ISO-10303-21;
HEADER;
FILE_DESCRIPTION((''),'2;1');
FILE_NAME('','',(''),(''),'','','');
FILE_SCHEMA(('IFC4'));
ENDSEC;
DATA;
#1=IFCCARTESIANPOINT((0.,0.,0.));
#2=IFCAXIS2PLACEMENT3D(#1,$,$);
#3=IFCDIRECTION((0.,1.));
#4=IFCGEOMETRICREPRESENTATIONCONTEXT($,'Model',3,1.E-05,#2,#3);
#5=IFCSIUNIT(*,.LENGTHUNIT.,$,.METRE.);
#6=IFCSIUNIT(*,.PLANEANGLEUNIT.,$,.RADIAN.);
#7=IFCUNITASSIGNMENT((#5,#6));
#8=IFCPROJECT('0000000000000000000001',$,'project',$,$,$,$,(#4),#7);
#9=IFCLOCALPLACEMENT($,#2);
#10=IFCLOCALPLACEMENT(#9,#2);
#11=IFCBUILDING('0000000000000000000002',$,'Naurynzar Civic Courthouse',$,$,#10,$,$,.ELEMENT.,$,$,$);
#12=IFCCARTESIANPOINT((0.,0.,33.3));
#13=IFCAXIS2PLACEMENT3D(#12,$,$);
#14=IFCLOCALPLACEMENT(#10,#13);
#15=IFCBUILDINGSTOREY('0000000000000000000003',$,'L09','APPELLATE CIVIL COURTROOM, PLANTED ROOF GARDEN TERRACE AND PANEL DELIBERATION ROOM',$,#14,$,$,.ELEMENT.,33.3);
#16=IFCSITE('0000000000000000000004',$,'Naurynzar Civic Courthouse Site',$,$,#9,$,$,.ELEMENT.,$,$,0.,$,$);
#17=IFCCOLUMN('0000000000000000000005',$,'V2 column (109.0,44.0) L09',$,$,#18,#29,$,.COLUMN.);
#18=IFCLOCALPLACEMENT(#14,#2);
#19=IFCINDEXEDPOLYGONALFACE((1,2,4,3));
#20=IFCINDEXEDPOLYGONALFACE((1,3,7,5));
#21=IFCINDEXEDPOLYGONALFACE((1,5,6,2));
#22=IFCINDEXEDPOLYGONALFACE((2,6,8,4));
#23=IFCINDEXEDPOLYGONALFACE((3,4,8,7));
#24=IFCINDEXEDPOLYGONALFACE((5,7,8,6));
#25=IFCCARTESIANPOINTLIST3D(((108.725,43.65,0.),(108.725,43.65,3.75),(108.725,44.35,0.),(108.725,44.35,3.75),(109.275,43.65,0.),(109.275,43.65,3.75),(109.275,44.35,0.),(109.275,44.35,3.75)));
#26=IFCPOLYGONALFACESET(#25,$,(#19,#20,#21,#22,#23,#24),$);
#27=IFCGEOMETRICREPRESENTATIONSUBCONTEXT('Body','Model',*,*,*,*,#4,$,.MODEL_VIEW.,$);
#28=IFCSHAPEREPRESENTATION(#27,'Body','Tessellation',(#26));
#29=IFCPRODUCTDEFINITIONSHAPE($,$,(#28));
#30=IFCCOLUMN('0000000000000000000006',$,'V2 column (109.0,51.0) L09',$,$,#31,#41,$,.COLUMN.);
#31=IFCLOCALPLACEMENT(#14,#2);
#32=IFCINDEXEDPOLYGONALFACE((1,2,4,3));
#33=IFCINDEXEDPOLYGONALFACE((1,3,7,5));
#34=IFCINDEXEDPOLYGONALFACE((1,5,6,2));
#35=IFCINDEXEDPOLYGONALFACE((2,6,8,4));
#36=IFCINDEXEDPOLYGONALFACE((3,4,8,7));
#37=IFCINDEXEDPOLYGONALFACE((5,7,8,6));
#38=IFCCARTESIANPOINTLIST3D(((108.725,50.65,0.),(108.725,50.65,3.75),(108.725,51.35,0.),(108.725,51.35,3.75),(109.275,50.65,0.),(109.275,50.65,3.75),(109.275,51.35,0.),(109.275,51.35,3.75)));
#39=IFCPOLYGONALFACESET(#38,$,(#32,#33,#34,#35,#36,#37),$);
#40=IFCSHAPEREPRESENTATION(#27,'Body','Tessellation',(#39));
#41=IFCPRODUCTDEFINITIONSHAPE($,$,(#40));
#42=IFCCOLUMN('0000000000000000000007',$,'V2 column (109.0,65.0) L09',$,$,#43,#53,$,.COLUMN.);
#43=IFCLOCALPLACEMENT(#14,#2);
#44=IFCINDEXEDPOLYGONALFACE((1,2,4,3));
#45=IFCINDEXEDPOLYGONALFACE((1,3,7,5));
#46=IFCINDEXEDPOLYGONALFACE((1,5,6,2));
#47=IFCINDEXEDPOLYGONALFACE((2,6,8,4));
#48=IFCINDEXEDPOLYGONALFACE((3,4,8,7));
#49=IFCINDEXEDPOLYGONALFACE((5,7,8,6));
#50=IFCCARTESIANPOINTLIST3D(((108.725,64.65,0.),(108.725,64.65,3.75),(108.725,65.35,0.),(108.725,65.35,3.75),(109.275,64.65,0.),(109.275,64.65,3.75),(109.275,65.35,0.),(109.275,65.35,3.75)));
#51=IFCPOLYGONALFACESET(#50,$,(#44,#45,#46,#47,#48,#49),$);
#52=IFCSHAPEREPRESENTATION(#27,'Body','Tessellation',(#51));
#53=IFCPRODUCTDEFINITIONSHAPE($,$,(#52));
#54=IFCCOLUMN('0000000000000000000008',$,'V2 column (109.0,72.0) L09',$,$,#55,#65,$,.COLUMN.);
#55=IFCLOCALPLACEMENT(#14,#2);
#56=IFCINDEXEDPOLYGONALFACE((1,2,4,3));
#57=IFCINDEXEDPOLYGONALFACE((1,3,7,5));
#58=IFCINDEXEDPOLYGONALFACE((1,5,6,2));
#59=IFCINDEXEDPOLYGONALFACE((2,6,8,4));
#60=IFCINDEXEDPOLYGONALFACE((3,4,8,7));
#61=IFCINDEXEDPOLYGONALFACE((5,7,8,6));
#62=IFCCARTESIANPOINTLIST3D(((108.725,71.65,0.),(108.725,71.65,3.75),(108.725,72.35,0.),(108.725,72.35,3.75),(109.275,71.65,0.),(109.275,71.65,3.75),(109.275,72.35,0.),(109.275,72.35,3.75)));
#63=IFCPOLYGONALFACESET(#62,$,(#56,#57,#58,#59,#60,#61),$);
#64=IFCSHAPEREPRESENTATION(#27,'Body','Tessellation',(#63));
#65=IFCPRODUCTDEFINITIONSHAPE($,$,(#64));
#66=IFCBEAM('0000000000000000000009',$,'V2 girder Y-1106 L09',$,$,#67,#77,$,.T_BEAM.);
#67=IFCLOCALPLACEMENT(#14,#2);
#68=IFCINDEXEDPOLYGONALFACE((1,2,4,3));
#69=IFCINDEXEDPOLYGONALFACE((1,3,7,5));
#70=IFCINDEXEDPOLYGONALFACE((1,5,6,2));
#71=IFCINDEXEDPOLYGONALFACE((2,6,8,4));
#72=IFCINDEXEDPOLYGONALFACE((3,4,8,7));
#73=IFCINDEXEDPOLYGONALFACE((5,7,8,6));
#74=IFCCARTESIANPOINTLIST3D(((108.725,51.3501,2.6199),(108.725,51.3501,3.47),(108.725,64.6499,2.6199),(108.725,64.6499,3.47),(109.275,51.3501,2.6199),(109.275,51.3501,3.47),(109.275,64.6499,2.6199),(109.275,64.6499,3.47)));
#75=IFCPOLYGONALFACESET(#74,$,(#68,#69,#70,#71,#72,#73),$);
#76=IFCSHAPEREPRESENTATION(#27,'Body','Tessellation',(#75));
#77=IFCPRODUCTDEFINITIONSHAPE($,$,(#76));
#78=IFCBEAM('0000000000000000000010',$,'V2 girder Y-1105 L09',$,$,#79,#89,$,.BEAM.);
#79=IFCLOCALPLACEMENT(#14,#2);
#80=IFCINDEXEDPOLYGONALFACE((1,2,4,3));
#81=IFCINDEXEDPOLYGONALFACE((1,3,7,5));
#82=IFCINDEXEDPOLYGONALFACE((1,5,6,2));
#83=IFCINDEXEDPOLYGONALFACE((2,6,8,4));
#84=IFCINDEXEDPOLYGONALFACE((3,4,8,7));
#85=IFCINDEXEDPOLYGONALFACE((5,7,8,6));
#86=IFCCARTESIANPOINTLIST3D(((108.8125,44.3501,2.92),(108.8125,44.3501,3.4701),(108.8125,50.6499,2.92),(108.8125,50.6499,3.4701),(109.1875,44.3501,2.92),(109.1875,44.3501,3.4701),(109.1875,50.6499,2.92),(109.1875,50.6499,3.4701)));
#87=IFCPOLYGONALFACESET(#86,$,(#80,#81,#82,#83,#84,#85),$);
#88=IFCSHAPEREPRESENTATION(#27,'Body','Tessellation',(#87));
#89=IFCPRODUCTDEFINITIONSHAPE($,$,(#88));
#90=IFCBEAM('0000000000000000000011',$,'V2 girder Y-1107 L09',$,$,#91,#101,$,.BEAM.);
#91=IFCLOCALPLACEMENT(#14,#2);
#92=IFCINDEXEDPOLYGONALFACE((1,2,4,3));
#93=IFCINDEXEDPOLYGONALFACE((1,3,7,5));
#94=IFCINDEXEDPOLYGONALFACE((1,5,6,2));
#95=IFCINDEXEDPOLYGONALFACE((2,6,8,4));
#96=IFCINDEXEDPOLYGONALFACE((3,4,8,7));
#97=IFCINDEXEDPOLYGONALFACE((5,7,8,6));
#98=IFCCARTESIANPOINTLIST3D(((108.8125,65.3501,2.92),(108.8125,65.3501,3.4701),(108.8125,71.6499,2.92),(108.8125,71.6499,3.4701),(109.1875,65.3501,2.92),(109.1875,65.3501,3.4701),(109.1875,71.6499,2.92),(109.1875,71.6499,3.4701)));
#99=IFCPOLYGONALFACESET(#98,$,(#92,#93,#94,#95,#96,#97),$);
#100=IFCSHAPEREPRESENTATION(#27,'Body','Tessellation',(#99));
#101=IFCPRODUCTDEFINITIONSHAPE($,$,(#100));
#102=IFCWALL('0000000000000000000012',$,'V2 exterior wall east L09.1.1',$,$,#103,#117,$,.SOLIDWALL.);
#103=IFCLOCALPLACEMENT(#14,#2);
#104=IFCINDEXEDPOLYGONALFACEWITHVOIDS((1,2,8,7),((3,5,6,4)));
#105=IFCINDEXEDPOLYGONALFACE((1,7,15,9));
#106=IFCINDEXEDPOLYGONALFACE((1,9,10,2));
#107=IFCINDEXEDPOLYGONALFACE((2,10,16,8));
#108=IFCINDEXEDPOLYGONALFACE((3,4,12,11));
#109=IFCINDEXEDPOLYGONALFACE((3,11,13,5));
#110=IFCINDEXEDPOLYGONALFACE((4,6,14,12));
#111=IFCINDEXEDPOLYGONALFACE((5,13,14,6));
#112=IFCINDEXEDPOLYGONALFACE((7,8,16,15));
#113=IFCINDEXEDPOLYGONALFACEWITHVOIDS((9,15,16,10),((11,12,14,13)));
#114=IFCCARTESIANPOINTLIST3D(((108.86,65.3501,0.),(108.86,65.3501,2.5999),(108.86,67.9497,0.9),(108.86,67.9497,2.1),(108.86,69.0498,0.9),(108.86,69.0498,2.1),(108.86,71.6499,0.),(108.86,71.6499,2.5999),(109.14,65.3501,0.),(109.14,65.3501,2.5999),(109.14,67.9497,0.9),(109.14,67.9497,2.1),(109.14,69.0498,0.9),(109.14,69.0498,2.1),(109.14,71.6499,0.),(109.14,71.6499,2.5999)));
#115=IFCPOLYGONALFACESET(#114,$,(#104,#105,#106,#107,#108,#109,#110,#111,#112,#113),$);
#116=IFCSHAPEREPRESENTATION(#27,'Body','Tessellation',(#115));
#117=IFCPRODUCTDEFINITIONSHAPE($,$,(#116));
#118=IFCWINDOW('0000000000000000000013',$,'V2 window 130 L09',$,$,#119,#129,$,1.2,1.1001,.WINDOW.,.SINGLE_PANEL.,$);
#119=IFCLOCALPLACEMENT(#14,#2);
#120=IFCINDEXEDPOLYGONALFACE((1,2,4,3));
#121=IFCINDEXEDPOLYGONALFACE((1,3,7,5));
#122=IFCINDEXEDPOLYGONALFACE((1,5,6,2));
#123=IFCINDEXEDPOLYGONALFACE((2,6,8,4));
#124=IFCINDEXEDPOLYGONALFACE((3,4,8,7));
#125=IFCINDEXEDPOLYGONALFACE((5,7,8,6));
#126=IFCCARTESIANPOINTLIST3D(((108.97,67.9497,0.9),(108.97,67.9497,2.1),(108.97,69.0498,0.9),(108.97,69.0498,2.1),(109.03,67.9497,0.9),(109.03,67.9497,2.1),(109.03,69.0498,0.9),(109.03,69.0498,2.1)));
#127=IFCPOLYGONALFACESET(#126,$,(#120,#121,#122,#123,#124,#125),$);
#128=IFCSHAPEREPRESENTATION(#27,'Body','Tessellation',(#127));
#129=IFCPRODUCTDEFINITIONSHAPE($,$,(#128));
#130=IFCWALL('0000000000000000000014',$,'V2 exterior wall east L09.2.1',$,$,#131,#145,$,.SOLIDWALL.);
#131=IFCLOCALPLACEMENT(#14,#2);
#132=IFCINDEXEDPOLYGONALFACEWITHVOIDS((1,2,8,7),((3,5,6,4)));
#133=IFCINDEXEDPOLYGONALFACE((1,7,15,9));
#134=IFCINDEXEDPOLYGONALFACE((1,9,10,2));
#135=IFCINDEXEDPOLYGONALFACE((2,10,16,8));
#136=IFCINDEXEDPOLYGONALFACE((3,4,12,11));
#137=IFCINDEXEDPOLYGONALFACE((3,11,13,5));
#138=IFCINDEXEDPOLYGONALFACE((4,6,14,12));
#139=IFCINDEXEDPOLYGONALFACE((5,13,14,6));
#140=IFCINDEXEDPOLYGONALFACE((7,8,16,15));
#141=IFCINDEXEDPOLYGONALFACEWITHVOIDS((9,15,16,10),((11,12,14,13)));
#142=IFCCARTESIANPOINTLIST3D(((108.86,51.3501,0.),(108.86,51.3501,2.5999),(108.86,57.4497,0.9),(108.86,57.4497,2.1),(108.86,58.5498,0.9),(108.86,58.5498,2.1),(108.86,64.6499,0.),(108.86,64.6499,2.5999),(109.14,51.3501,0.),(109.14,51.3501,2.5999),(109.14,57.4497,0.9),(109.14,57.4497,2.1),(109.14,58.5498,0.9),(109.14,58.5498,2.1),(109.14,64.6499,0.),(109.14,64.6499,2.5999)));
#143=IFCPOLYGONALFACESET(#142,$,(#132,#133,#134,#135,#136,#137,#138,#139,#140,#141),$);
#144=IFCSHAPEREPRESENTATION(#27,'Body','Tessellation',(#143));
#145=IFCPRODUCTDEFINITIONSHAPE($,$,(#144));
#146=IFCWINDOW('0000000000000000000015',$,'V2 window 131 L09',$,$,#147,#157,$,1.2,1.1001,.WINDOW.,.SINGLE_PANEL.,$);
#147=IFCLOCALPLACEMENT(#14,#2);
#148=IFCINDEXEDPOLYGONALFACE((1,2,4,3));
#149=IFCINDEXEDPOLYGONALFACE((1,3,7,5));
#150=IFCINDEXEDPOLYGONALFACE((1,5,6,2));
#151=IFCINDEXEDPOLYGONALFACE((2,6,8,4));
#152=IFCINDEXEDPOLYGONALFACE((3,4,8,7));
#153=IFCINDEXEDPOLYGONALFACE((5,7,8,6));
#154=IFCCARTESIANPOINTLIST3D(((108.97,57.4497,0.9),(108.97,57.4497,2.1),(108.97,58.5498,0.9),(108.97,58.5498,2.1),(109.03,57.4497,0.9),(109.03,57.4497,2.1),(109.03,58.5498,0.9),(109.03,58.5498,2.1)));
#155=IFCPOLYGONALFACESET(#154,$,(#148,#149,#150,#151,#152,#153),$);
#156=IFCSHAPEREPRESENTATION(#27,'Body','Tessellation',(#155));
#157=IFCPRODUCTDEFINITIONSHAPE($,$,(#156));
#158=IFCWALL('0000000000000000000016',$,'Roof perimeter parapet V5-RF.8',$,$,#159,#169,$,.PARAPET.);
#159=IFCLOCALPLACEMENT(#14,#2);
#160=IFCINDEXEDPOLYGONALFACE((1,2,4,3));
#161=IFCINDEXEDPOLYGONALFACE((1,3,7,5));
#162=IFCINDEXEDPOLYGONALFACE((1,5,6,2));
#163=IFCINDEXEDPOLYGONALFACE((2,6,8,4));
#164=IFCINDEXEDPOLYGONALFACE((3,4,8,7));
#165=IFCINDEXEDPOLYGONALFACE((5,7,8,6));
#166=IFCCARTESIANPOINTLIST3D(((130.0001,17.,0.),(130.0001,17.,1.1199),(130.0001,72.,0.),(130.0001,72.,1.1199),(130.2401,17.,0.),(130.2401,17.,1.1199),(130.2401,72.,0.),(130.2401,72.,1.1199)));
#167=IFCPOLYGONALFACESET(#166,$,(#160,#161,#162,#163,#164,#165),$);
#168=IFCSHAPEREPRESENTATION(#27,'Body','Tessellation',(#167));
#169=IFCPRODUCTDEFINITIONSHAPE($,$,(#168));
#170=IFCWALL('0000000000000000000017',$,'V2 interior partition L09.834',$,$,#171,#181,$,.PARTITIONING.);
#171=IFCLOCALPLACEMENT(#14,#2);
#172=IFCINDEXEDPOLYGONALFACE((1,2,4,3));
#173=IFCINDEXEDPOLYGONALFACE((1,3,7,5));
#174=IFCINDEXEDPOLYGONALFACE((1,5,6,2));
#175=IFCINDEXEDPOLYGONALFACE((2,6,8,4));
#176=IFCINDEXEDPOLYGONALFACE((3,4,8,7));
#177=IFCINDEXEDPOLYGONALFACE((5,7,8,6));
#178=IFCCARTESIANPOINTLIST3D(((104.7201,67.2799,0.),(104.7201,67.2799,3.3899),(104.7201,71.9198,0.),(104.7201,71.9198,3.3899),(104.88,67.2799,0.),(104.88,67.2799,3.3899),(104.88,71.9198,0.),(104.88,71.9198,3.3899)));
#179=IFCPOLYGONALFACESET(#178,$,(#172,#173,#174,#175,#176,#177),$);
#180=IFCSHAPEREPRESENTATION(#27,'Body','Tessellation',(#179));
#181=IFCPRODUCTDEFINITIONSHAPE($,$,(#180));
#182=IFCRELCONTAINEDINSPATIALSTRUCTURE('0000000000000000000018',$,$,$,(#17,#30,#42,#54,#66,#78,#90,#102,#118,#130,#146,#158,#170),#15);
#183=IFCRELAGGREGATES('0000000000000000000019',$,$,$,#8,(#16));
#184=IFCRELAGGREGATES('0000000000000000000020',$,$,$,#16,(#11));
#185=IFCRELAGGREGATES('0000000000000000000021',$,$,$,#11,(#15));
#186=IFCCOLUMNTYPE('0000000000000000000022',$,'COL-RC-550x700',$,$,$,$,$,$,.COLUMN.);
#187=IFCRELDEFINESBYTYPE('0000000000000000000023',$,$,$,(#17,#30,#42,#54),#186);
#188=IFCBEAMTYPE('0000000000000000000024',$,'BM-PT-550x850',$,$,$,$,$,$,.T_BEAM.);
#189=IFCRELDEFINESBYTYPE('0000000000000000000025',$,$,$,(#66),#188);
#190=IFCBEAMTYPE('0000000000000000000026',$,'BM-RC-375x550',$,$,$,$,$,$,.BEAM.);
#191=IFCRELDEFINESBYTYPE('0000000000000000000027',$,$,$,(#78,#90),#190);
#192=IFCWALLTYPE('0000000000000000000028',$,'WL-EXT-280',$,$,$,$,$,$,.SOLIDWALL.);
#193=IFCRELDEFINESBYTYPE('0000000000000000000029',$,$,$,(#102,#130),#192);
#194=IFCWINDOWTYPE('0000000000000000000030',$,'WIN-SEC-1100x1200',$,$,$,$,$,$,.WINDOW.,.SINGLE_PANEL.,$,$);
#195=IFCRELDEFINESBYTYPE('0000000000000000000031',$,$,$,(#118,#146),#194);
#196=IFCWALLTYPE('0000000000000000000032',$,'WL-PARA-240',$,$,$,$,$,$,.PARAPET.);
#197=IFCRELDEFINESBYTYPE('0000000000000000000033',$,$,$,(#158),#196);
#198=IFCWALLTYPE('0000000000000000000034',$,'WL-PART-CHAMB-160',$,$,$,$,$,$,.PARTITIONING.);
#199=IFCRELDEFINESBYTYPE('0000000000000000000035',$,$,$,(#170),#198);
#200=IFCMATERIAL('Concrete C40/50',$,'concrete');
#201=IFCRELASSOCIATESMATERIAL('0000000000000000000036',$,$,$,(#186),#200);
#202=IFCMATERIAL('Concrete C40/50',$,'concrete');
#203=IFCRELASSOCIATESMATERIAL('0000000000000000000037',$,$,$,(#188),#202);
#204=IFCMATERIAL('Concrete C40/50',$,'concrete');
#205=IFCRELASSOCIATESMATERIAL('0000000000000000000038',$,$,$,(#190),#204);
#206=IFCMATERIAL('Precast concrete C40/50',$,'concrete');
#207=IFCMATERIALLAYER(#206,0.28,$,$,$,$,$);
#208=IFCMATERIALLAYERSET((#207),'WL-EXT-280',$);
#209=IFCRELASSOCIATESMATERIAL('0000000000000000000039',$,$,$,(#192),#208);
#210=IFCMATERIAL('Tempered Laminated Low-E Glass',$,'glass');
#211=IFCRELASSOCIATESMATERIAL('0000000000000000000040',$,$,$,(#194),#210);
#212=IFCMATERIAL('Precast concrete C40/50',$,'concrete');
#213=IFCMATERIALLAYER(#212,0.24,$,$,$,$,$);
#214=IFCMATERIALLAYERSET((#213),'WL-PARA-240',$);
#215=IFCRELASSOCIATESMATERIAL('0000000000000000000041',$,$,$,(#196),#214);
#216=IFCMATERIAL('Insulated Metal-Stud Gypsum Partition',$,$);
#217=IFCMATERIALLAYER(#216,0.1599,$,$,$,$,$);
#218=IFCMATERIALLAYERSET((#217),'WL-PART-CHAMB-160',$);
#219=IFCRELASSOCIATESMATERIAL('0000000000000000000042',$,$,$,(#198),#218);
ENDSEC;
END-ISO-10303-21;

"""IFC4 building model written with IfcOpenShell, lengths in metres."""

from ifc_helpers import new_model, si_unit, direction, frame, frame_2d, origin, origin_2d, place, context, subcontext, project, spatial, rectangle, extrude, material, layer, layer_set, material_profile, profile_set, type_object, element, fill, save


model = new_model("IFC4")

# Units and contexts
model_context = context("Model", 3, precision=1e-05, world=origin(), true_north=direction((0.0, 1.0)))
body_context = subcontext(model_context, "Body", "Model", "MODEL_VIEW")
ifc_project = project(units=[si_unit("LENGTHUNIT", "METRE"), si_unit("PLANEANGLEUNIT", "RADIAN")], contexts=[model_context])

# Site, building, storey
site_placement = place(None, origin())
site = spatial("IfcSite", under=ifc_project, at=site_placement, Name="Naurynzar Civic Courthouse Site", CompositionType="ELEMENT", RefElevation=0.0)
building_placement = place(site_placement, origin())
building = spatial("IfcBuilding", under=site, at=building_placement, Name="Naurynzar Civic Courthouse", CompositionType="ELEMENT")
storey_placement = place(building_placement, frame((0.0, 0.0, 33.3)))
storey = spatial("IfcBuildingStorey", under=building, at=storey_placement, Name="L09", Description="APPELLATE CIVIL COURTROOM, PLANTED ROOF GARDEN TERRACE AND PANEL DELIBERATION ROOM", CompositionType="ELEMENT", Elevation=33.3)

# Columns
ifc_material_1 = material(Name="Concrete C40/50", Category="concrete")
ifc_material_profile_1 = material_profile(ifc_material_1, rectangle(XDim=0.55, YDim=0.7, at=origin_2d()), Name="RC 550x700")
ifc_profile_set_1 = profile_set([ifc_material_profile_1], Name="Concrete C40/50")
column_type = type_object("IfcColumnType", Name="COL-RC-550x700", PredefinedType="COLUMN", material=ifc_profile_set_1)
for number, where, z_axis, x_axis, name in (
    (1, (109.0, 44.0, 0.0), (0.0, 0.0, 1.0), (1.0, 0.0, 0.0), "V2 column (109.0,44.0) L09"),
    (2, (109.0, 51.0, 0.0), (0.0, 0.0, 1.0), (1.0, 0.0, 0.0), "V2 column (109.0,51.0) L09"),
    (3, (109.0, 65.0, 0.0), (0.0, 0.0, 1.0), (1.0, 0.0, 0.0), "V2 column (109.0,65.0) L09"),
    (4, (109.0, 72.0, 0.0), (0.0, 0.0, 1.0), (1.0, 0.0, 0.0), "V2 column (109.0,72.0) L09"),
):
    element("IfcColumn", number, at=place(storey_placement, frame(where, z_axis=z_axis, x_axis=x_axis)), inside=storey, type_object=column_type, Name=name, PredefinedType="COLUMN", context=body_context, shape_type="SweptSolid", body=[
        extrude(rectangle(XDim=0.55, YDim=0.7, at=origin_2d()), origin(), (0.0, 0.0, 1.0), 3.75),
    ])

# Beams
ifc_material_2 = material(Name="Concrete C40/50", Category="concrete")
ifc_material_profile_2 = material_profile(ifc_material_2, rectangle(XDim=0.55, YDim=0.8501, at=origin_2d()), Name="PTB 550x850")
ifc_profile_set_2 = profile_set([ifc_material_profile_2], Name="Concrete C40/50")
beam_type_1 = type_object("IfcBeamType", Name="BM-PT-550x850", PredefinedType="T_BEAM", material=ifc_profile_set_2)
beam_placement = place(storey_placement, frame((109.0, 51.3501, 3.0449), z_axis=(0.0, 1.0, 0.0), x_axis=(-1.0, 0.0, 0.0)))
element("IfcBeam", 5, at=beam_placement, inside=storey, type_object=beam_type_1, Name="V2 girder Y-1106 L09", PredefinedType="T_BEAM", context=body_context, shape_type="SweptSolid", body=[
    extrude(rectangle(XDim=0.55, YDim=0.8501, at=origin_2d()), origin(), (0.0, 0.0, 1.0), 13.2998),
])
ifc_material_3 = material(Name="Concrete C40/50", Category="concrete")
ifc_material_profile_3 = material_profile(ifc_material_3, rectangle(XDim=0.375, YDim=0.55, at=origin_2d()), Name="RCB 375x550")
ifc_profile_set_3 = profile_set([ifc_material_profile_3], Name="Concrete C40/50")
beam_type_2 = type_object("IfcBeamType", Name="BM-RC-375x550", PredefinedType="BEAM", material=ifc_profile_set_3)
for number, where, z_axis, x_axis, name in (
    (6, (109.0, 44.3501, 3.1951), (0.0, 1.0, 0.0), (-1.0, 0.0, 0.0), "V2 girder Y-1105 L09"),
    (7, (109.0, 65.3501, 3.1951), (0.0, 1.0, 0.0), (-1.0, 0.0, 0.0), "V2 girder Y-1107 L09"),
):
    element("IfcBeam", number, at=place(storey_placement, frame(where, z_axis=z_axis, x_axis=x_axis)), inside=storey, type_object=beam_type_2, Name=name, PredefinedType="BEAM", context=body_context, shape_type="SweptSolid", body=[
        extrude(rectangle(XDim=0.375, YDim=0.55, at=origin_2d()), origin(), (0.0, 0.0, 1.0), 6.2998),
    ])

# Walls, openings, windows
ifc_material_4 = material(Name="Precast concrete C40/50", Category="concrete")
ifc_layer_1 = layer(ifc_material_4, 0.28)
ifc_layer_set_1 = layer_set([ifc_layer_1], Name="WL-EXT-280")
wall_type_1 = type_object("IfcWallType", Name="WL-EXT-280", PredefinedType="SOLIDWALL", material=ifc_layer_set_1)
wall_1_placement = place(storey_placement, frame((109.0, 71.6499, 0.0), z_axis=(0.0, 0.0, 1.0), x_axis=(0.0, -1.0, 0.0)))
wall_1 = element("IfcWall", 8, at=wall_1_placement, inside=storey, type_object=wall_type_1, Name="V2 exterior wall east L09.1.1", PredefinedType="SOLIDWALL", context=body_context, shape_type="SweptSolid", body=[
    extrude(rectangle(XDim=6.2998, YDim=0.28, at=frame_2d((3.1499, 0.0))), origin(), (0.0, 0.0, 1.0), 2.5999),
])
opening_1_placement = place(wall_1_placement, frame((2.6001, 0.0, 0.8999)))
opening_1 = element("IfcOpeningElement", 9, at=opening_1_placement, cuts=wall_1, PredefinedType="OPENING", context=body_context, shape_type="SweptSolid", body=[
    extrude(rectangle(XDim=1.1001, YDim=1.2, at=frame_2d((0.55, 0.6001))), frame((0.0, 0.1499, 0.0), z_axis=(0.0, -1.0, 0.0), x_axis=(1.0, 0.0, 0.0)), (0.0, 0.0, 1.0), 0.3),
])
ifc_material_5 = material(Name="Tempered Laminated Low-E Glass", Category="glass")
window_type = type_object("IfcWindowType", Name="WIN-SEC-1100x1200", PartitioningType="SINGLE_PANEL", PredefinedType="WINDOW", material=ifc_material_5)
window_1_placement = place(opening_1_placement, origin())
window_1 = element("IfcWindow", 10, at=window_1_placement, inside=storey, type_object=window_type, Name="V2 window 130 L09", OverallHeight=1.2, OverallWidth=1.1001, PartitioningType="SINGLE_PANEL", PredefinedType="WINDOW", context=body_context, shape_type="SweptSolid", body=[
    extrude(rectangle(XDim=1.1001, YDim=1.2, at=frame_2d((0.55, 0.6001))), frame((0.0, 0.03, 0.0), z_axis=(0.0, -1.0, 0.0), x_axis=(1.0, 0.0, 0.0)), (0.0, 0.0, 1.0), 0.0601),
])
fill(opening_1, window_1)
wall_2_placement = place(storey_placement, frame((109.0, 64.6499, 0.0), z_axis=(0.0, 0.0, 1.0), x_axis=(0.0, -1.0, 0.0)))
wall_2 = element("IfcWall", 11, at=wall_2_placement, inside=storey, type_object=wall_type_1, Name="V2 exterior wall east L09.2.1", PredefinedType="SOLIDWALL", context=body_context, shape_type="SweptSolid", body=[
    extrude(rectangle(XDim=13.2998, YDim=0.28, at=frame_2d((6.6499, 0.0))), origin(), (0.0, 0.0, 1.0), 2.5999),
])
opening_2_placement = place(wall_2_placement, frame((6.1001, 0.0, 0.8999)))
opening_2 = element("IfcOpeningElement", 12, at=opening_2_placement, cuts=wall_2, PredefinedType="OPENING", context=body_context, shape_type="SweptSolid", body=[
    extrude(rectangle(XDim=1.1001, YDim=1.2, at=frame_2d((0.55, 0.6001))), frame((0.0, 0.1499, 0.0), z_axis=(0.0, -1.0, 0.0), x_axis=(1.0, 0.0, 0.0)), (0.0, 0.0, 1.0), 0.3),
])
window_2_placement = place(opening_2_placement, origin())
window_2 = element("IfcWindow", 13, at=window_2_placement, inside=storey, type_object=window_type, Name="V2 window 131 L09", OverallHeight=1.2, OverallWidth=1.1001, PartitioningType="SINGLE_PANEL", PredefinedType="WINDOW", context=body_context, shape_type="SweptSolid", body=[
    extrude(rectangle(XDim=1.1001, YDim=1.2, at=frame_2d((0.55, 0.6001))), frame((0.0, 0.03, 0.0), z_axis=(0.0, -1.0, 0.0), x_axis=(1.0, 0.0, 0.0)), (0.0, 0.0, 1.0), 0.0601),
])
fill(opening_2, window_2)

# Walls
ifc_material_6 = material(Name="Precast concrete C40/50", Category="concrete")
ifc_layer_2 = layer(ifc_material_6, 0.24)
ifc_layer_set_2 = layer_set([ifc_layer_2], Name="WL-PARA-240")
wall_type_2 = type_object("IfcWallType", Name="WL-PARA-240", PredefinedType="PARAPET", material=ifc_layer_set_2)
wall_3_placement = place(storey_placement, frame((130.1201, 17.0, 0.0), z_axis=(0.0, 0.0, 1.0), x_axis=(0.0, 1.0, 0.0)))
element("IfcWall", 14, at=wall_3_placement, inside=storey, type_object=wall_type_2, Name="Roof perimeter parapet V5-RF.8", PredefinedType="PARAPET", context=body_context, shape_type="SweptSolid", body=[
    extrude(rectangle(XDim=55.0, YDim=0.24, at=frame_2d((27.5, 0.0))), origin(), (0.0, 0.0, 1.0), 1.1199),
])
ifc_material_7 = material(Name="Insulated Metal-Stud Gypsum Partition")
ifc_layer_3 = layer(ifc_material_7, 0.1599)
ifc_layer_set_3 = layer_set([ifc_layer_3], Name="WL-PART-CHAMB-160")
wall_type_3 = type_object("IfcWallType", Name="WL-PART-CHAMB-160", PredefinedType="PARTITIONING", material=ifc_layer_set_3)
wall_4_placement = place(storey_placement, frame((104.8, 67.28, 0.0), z_axis=(0.0, 0.0, 1.0), x_axis=(0.0, 1.0, 0.0)))
element("IfcWall", 15, at=wall_4_placement, inside=storey, type_object=wall_type_3, Name="V2 interior partition L09.834", PredefinedType="PARTITIONING", context=body_context, shape_type="SweptSolid", body=[
    extrude(rectangle(XDim=4.6399, YDim=0.1599, at=frame_2d((2.3198, 0.0))), origin(), (0.0, 0.0, 1.0), 3.3899),
])

save(model, "model.ifc")
